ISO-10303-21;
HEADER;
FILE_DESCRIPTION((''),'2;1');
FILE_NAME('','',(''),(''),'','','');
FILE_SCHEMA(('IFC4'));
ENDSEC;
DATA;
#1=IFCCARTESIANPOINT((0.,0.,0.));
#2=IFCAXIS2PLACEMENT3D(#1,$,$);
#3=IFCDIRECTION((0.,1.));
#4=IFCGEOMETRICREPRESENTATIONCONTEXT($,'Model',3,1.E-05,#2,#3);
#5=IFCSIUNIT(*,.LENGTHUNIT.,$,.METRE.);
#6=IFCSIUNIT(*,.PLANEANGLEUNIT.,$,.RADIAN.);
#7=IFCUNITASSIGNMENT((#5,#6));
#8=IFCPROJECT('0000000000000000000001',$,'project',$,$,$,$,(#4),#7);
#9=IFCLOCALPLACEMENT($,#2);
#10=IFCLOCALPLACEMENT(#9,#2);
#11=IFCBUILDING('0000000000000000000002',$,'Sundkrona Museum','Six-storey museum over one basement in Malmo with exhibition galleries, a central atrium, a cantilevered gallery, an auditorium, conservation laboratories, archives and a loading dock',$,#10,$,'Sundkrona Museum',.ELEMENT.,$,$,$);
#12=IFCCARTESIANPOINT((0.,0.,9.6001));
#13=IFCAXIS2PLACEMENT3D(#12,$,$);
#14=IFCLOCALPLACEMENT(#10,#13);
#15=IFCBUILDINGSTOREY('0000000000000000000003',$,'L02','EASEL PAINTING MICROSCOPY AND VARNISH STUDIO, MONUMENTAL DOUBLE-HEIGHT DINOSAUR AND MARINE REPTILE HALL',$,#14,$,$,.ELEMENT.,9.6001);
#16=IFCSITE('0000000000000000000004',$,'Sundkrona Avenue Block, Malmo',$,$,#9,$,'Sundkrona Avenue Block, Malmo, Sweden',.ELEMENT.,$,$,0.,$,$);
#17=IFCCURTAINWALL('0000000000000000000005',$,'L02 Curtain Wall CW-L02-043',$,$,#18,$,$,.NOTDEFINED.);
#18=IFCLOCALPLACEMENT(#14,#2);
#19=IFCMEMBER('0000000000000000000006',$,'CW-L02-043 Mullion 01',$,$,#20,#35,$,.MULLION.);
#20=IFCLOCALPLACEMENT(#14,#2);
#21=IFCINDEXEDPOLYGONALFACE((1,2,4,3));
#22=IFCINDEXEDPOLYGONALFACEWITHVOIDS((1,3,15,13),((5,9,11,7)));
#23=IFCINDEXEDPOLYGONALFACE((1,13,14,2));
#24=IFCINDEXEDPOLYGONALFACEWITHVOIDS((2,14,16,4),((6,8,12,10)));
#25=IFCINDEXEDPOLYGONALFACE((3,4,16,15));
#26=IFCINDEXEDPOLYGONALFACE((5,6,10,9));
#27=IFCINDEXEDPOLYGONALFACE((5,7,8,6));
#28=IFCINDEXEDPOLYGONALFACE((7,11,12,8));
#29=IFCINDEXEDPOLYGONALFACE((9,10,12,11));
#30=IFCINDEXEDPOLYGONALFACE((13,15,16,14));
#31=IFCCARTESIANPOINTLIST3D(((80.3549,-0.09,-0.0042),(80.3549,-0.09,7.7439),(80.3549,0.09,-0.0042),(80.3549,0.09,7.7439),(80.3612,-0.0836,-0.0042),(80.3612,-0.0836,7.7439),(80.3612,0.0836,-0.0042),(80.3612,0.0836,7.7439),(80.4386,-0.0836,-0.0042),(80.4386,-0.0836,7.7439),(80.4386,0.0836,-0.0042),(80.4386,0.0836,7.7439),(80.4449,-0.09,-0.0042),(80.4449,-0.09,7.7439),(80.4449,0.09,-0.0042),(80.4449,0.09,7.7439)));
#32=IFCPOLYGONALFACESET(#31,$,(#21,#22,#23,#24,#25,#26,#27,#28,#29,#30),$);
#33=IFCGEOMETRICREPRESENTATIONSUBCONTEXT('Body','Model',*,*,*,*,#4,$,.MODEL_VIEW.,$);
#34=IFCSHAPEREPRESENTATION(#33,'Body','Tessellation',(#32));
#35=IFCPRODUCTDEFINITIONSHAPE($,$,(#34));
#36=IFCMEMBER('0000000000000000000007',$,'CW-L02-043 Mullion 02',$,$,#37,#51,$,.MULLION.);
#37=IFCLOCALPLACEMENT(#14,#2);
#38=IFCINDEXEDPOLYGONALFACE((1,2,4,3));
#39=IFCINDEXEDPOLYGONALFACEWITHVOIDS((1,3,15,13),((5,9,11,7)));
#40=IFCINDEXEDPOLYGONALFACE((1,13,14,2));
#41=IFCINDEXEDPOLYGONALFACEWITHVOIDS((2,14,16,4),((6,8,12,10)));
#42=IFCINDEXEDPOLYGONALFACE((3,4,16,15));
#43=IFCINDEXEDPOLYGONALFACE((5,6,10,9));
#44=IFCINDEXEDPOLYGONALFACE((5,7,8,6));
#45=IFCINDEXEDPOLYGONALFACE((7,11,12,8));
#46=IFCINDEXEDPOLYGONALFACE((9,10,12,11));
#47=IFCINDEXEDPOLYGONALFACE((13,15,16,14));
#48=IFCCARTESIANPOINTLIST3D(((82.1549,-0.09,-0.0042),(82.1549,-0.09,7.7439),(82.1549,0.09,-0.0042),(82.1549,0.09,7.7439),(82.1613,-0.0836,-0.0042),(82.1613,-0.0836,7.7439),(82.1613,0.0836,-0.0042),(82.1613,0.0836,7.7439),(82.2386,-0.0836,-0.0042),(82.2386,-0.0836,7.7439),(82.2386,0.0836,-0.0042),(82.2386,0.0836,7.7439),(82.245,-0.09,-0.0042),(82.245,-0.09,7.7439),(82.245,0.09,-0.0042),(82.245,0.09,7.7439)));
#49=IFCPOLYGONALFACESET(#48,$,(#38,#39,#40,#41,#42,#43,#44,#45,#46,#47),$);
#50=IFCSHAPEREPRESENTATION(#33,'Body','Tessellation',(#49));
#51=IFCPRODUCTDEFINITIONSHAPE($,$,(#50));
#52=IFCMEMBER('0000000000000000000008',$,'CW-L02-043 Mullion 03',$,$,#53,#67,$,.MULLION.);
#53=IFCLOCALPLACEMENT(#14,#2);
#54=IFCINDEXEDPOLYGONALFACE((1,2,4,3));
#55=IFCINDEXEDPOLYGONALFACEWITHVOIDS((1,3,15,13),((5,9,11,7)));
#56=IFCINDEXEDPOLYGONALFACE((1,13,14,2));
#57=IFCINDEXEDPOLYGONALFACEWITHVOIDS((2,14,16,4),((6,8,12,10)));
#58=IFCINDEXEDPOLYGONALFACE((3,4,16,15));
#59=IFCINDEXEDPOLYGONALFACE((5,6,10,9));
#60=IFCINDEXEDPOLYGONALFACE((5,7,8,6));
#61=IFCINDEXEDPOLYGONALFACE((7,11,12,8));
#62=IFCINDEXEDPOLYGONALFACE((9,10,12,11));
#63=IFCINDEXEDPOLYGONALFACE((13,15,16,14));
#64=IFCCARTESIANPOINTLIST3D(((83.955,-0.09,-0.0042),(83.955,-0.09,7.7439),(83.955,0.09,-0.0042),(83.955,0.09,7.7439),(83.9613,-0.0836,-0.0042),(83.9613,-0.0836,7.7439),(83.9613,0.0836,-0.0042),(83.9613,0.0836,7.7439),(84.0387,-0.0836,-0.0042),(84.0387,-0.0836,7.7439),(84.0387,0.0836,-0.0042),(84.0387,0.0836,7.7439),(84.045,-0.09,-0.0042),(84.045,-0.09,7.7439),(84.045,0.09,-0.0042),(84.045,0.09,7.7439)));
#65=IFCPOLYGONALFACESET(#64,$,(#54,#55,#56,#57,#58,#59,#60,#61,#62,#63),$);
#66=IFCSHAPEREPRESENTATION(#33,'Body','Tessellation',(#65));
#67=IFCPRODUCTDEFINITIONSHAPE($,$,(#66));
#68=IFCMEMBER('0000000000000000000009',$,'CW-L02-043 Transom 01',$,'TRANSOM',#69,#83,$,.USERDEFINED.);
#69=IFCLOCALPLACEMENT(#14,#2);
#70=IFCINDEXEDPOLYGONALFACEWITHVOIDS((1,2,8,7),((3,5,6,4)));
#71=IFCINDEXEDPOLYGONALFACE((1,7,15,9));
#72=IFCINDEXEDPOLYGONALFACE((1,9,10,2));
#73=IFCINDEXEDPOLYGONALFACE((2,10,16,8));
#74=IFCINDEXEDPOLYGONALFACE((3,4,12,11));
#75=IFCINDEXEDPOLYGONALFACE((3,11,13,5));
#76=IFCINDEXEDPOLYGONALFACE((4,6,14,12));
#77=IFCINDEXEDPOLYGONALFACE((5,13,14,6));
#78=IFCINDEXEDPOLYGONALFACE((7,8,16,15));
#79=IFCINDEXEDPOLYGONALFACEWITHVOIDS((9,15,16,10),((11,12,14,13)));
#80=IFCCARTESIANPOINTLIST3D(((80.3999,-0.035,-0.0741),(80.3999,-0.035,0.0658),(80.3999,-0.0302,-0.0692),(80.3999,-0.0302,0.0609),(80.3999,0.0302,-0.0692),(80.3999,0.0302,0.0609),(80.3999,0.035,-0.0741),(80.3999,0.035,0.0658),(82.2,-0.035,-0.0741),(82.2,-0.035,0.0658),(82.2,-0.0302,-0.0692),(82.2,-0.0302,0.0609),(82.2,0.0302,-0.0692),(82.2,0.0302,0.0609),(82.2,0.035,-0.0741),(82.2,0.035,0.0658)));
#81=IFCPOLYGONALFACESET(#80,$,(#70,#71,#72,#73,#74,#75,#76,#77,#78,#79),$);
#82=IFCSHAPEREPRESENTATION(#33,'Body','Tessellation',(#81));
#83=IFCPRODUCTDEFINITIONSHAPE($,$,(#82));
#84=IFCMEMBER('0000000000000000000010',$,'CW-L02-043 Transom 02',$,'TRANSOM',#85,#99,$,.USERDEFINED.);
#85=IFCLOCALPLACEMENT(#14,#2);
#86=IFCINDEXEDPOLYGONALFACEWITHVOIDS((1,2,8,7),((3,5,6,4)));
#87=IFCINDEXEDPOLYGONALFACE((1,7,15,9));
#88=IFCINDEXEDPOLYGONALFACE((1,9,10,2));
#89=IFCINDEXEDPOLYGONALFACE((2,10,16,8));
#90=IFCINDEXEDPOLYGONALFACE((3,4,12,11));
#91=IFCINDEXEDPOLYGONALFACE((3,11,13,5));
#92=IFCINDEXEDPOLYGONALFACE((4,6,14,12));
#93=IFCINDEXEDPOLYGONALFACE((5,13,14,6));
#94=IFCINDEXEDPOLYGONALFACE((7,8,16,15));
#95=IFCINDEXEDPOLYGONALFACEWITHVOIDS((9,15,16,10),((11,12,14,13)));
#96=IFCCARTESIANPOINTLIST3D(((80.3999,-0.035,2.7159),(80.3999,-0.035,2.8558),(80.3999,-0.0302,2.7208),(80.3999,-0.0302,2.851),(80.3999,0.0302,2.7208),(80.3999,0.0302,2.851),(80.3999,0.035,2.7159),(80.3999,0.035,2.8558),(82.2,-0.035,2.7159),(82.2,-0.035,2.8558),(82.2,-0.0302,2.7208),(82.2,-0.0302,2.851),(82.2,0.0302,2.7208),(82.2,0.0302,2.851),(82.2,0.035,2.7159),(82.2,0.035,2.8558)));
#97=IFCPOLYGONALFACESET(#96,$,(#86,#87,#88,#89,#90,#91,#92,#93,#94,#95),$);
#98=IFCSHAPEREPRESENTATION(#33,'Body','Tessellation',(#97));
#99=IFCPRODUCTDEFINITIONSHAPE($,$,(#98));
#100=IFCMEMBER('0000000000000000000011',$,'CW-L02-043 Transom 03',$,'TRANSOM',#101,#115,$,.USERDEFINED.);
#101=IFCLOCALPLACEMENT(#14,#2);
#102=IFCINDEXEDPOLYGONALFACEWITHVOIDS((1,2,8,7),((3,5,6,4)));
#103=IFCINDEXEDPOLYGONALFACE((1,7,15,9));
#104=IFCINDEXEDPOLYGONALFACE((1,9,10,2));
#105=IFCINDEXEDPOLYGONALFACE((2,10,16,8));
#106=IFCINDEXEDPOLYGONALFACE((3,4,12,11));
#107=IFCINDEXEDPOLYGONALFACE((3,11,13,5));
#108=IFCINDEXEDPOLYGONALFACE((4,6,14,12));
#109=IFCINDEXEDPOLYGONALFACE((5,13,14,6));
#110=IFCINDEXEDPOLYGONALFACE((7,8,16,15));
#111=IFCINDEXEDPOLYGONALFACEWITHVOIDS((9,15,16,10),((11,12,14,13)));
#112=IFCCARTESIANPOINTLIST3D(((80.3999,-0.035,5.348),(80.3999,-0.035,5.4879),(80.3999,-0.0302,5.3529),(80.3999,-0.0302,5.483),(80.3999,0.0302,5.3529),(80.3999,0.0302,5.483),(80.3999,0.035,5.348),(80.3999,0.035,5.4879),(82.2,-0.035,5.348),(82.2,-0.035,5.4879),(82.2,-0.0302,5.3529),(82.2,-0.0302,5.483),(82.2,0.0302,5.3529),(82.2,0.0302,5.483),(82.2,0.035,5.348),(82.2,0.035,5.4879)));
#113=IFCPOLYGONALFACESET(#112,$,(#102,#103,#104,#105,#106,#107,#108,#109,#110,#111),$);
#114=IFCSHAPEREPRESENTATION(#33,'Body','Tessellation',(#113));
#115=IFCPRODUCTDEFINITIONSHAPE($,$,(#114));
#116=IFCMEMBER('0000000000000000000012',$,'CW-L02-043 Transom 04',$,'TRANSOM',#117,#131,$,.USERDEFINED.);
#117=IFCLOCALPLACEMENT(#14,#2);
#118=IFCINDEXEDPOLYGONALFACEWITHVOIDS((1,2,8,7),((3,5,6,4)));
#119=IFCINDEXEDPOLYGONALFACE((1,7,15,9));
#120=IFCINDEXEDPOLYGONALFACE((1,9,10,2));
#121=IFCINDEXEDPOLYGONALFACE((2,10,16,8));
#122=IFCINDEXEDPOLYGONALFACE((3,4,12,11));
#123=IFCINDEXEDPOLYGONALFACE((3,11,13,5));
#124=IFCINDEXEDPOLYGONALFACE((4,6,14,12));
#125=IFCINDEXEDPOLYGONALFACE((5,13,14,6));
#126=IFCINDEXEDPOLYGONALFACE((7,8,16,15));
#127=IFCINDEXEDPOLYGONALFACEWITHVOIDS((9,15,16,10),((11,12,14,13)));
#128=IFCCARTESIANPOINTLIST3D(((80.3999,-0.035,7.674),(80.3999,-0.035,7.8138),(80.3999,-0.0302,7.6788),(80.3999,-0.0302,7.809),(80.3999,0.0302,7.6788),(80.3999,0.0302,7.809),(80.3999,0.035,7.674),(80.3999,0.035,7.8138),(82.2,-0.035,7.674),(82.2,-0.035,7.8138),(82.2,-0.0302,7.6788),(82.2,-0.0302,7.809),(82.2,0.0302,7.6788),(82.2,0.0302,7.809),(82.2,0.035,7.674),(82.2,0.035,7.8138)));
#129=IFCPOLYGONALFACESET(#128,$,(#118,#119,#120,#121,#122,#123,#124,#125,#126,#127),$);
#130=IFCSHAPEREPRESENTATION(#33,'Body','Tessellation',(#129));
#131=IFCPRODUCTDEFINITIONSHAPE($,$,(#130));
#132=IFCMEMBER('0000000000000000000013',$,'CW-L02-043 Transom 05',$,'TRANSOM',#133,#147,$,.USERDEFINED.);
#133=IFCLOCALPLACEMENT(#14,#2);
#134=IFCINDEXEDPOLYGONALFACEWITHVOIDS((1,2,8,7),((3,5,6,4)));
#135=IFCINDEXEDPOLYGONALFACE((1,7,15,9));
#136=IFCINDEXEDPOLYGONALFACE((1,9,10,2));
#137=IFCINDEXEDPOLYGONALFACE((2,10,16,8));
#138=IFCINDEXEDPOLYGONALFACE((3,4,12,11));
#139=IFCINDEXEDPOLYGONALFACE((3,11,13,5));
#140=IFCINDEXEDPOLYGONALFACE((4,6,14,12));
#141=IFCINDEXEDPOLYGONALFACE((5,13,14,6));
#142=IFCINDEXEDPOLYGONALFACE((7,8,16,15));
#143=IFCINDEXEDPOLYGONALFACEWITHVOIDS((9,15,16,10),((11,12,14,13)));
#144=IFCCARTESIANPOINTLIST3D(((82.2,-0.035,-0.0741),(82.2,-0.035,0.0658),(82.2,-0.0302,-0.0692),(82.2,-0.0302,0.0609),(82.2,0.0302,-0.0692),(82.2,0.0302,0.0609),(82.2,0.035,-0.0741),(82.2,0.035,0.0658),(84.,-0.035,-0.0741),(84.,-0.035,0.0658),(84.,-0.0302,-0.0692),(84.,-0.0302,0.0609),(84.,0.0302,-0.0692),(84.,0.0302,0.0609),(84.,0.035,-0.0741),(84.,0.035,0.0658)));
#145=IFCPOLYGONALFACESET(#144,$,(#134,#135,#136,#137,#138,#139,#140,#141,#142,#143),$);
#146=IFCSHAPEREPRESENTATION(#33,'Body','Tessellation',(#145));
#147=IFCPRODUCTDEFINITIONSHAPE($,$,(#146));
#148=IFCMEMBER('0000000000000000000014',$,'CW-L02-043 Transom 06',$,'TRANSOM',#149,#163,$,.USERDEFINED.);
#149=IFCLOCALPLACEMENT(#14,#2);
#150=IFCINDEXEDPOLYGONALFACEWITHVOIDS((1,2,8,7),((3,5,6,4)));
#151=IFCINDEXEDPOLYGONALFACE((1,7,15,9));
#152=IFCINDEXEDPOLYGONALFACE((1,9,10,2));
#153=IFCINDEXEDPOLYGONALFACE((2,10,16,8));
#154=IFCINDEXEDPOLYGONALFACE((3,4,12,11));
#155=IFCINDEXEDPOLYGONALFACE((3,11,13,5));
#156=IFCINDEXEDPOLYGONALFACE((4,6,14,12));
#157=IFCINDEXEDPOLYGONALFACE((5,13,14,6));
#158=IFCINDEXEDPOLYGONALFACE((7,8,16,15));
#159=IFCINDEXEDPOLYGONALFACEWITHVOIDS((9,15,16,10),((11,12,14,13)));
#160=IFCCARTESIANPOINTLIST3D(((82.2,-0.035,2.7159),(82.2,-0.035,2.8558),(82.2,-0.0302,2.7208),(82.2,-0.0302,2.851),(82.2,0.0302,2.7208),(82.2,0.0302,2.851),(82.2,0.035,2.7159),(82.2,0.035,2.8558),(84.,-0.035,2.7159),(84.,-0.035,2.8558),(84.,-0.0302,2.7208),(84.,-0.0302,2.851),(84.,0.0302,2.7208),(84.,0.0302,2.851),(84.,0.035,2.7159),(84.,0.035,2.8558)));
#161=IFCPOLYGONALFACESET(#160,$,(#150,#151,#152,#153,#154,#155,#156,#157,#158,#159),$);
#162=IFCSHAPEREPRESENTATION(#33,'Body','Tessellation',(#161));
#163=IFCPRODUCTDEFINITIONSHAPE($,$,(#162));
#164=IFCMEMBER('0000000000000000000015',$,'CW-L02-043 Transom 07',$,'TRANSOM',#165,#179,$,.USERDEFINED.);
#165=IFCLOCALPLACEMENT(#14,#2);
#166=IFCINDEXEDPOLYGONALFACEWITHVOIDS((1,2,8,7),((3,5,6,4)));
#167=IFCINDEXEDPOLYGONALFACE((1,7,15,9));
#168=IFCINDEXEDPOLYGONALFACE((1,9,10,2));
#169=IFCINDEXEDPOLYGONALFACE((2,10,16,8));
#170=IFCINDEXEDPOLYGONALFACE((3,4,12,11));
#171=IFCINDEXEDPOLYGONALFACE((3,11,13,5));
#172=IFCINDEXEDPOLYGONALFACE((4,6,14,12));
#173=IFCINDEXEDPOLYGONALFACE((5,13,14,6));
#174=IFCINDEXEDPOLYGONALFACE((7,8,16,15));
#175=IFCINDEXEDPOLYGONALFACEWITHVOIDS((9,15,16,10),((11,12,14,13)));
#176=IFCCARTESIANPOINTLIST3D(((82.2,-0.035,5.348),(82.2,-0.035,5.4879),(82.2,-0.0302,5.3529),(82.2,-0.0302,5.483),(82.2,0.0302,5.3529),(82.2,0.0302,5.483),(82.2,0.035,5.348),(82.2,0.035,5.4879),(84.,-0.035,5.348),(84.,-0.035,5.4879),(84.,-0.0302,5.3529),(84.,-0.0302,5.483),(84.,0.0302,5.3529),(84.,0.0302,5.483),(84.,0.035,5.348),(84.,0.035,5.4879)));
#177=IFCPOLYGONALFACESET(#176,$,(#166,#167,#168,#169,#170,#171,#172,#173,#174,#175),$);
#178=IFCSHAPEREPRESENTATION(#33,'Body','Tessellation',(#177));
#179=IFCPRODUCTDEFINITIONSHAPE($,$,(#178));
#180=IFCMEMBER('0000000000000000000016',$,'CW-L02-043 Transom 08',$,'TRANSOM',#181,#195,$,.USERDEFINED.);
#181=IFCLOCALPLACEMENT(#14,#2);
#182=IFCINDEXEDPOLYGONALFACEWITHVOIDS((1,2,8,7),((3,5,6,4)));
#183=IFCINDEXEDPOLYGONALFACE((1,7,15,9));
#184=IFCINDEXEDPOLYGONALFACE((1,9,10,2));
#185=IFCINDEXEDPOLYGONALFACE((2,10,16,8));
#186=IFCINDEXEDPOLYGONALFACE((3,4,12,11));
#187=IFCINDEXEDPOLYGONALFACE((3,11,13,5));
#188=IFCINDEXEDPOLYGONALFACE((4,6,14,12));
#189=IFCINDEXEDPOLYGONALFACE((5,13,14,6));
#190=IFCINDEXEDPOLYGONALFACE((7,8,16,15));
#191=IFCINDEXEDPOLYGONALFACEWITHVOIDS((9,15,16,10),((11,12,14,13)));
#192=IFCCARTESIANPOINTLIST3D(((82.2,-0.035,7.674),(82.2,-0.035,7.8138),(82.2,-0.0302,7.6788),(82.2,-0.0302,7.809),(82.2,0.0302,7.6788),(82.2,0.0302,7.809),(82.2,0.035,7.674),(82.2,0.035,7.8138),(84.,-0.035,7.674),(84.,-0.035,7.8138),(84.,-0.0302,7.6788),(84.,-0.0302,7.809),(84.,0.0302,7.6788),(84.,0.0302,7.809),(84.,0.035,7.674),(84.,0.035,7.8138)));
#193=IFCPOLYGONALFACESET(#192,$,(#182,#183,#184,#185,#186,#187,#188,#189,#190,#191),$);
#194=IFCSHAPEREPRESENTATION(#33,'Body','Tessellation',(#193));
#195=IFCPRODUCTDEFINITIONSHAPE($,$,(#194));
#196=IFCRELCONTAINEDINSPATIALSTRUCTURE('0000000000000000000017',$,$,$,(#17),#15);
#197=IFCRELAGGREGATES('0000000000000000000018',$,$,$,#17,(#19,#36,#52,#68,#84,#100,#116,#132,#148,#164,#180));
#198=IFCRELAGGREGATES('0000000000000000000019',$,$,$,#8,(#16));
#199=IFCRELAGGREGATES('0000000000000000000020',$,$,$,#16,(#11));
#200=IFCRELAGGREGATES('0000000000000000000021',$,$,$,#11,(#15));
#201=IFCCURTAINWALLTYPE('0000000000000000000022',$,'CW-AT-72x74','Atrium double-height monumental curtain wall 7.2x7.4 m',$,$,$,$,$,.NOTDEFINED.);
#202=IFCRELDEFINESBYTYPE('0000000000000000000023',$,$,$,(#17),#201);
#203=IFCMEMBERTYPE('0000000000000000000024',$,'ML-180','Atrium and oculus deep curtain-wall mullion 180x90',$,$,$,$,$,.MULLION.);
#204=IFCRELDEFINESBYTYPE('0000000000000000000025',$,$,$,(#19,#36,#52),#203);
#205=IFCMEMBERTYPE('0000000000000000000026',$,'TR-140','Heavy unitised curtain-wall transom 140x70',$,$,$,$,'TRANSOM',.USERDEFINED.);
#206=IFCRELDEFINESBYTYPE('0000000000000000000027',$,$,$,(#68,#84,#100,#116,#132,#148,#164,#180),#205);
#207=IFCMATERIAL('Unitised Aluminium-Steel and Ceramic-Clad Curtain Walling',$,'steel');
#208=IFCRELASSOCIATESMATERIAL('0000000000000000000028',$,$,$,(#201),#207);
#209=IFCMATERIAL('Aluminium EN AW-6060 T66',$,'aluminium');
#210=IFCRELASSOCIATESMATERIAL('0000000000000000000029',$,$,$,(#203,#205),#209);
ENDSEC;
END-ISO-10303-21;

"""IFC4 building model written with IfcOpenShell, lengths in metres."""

from ifc_helpers import new_model, si_unit, direction, frame, origin, origin_2d, place, context, subcontext, project, spatial, hollow_rectangle, extrude, material, material_profile, profile_set, type_object, element, aggregate, save


model = new_model("IFC4")

# Units and contexts
model_context = context("Model", 3, precision=1e-05, world=origin(), true_north=direction((0.0, 1.0)))
body_context = subcontext(model_context, "Body", "Model", "MODEL_VIEW")
ifc_project = project(units=[si_unit("LENGTHUNIT", "METRE"), si_unit("PLANEANGLEUNIT", "RADIAN")], contexts=[model_context])

# Site, building, storey
site_placement = place(None, origin())
site = spatial("IfcSite", under=ifc_project, at=site_placement, Name="Sundkrona Avenue Block, Malmo", LongName="Sundkrona Avenue Block, Malmo, Sweden", CompositionType="ELEMENT", RefElevation=0.0)
building_placement = place(site_placement, origin())
building = spatial("IfcBuilding", under=site, at=building_placement, Name="Sundkrona Museum", Description="Six-storey museum over one basement in Malmo with exhibition galleries, a central atrium, a cantilevered gallery, an auditorium, conservation laboratories, archives and a loading dock", LongName="Sundkrona Museum", CompositionType="ELEMENT")
storey_placement = place(building_placement, frame((0.0, 0.0, 9.6001)))
storey = spatial("IfcBuildingStorey", under=building, at=storey_placement, Name="L02", Description="EASEL PAINTING MICROSCOPY AND VARNISH STUDIO, MONUMENTAL DOUBLE-HEIGHT DINOSAUR AND MARINE REPTILE HALL", CompositionType="ELEMENT", Elevation=9.6001)

# Curtain wall, members
ifc_material_1 = material(Name="Unitised Aluminium-Steel and Ceramic-Clad Curtain Walling", Category="steel")
curtain_wall_type = type_object("IfcCurtainWallType", Name="CW-AT-72x74", Description="Atrium double-height monumental curtain wall 7.2x7.4 m", PredefinedType="NOTDEFINED", material=ifc_material_1)
curtain_wall_placement = place(storey_placement, origin())
curtain_wall = element("IfcCurtainWall", 1, at=curtain_wall_placement, inside=storey, type_object=curtain_wall_type, Name="L02 Curtain Wall CW-L02-043", PredefinedType="NOTDEFINED")
ifc_material_2 = material(Name="Aluminium EN AW-6060 T66", Category="aluminium")
ifc_material_profile_1 = material_profile(ifc_material_2, hollow_rectangle(XDim=0.0901, YDim=0.1799, WallThickness=0.0063, at=origin_2d()), Name="RHS 180x90x6.3")
ifc_profile_set_1 = profile_set([ifc_material_profile_1], Name="Aluminium EN AW-6060 T66")
member_type_1 = type_object("IfcMemberType", Name="ML-180", Description="Atrium and oculus deep curtain-wall mullion 180x90", PredefinedType="MULLION", material=ifc_profile_set_1)
member_1_placement = place(storey_placement, frame((80.3999, 0.0, -0.0042), z_axis=(0.0, 0.0, 1.0), x_axis=(1.0, 0.0, 0.0)))
member_1 = element("IfcMember", 2, at=member_1_placement, type_object=member_type_1, Name="CW-L02-043 Mullion 01", PredefinedType="MULLION", context=body_context, shape_type="SweptSolid", body=[
    extrude(hollow_rectangle(XDim=0.0901, YDim=0.1799, WallThickness=0.0063, at=origin_2d()), origin(), (0.0, 0.0, 1.0), 7.748),
])
member_2_placement = place(storey_placement, frame((82.2, 0.0, -0.0042), z_axis=(0.0, 0.0, 1.0), x_axis=(1.0, 0.0, 0.0)))
member_2 = element("IfcMember", 3, at=member_2_placement, type_object=member_type_1, Name="CW-L02-043 Mullion 02", PredefinedType="MULLION", context=body_context, shape_type="SweptSolid", body=[
    extrude(hollow_rectangle(XDim=0.0901, YDim=0.1799, WallThickness=0.0063, at=origin_2d()), origin(), (0.0, 0.0, 1.0), 7.748),
])
member_3_placement = place(storey_placement, frame((84.0, 0.0, -0.0042), z_axis=(0.0, 0.0, 1.0), x_axis=(1.0, 0.0, 0.0)))
member_3 = element("IfcMember", 4, at=member_3_placement, type_object=member_type_1, Name="CW-L02-043 Mullion 03", PredefinedType="MULLION", context=body_context, shape_type="SweptSolid", body=[
    extrude(hollow_rectangle(XDim=0.0901, YDim=0.1799, WallThickness=0.0063, at=origin_2d()), origin(), (0.0, 0.0, 1.0), 7.748),
])
ifc_material_profile_2 = material_profile(ifc_material_2, hollow_rectangle(XDim=0.0701, YDim=0.1399, WallThickness=0.0049, at=origin_2d()), Name="RHS 140x70x5.0")
ifc_profile_set_2 = profile_set([ifc_material_profile_2], Name="Aluminium EN AW-6060 T66")
member_type_2 = type_object("IfcMemberType", Name="TR-140", Description="Heavy unitised curtain-wall transom 140x70", ElementType="TRANSOM", PredefinedType="USERDEFINED", material=ifc_profile_set_2)
member_4_placement = place(storey_placement, frame((80.3999, 0.0, -0.0042), z_axis=(1.0, 0.0, 0.0), x_axis=(0.0, 1.0, 0.0)))
member_4 = element("IfcMember", 5, at=member_4_placement, type_object=member_type_2, Name="CW-L02-043 Transom 01", ObjectType="TRANSOM", PredefinedType="USERDEFINED", context=body_context, shape_type="SweptSolid", body=[
    extrude(hollow_rectangle(XDim=0.0701, YDim=0.1399, WallThickness=0.0049, at=origin_2d()), origin(), (0.0, 0.0, 1.0), 1.8),
])
member_5_placement = place(storey_placement, frame((80.3999, 0.0, 2.7859), z_axis=(1.0, 0.0, 0.0), x_axis=(0.0, 1.0, 0.0)))
member_5 = element("IfcMember", 6, at=member_5_placement, type_object=member_type_2, Name="CW-L02-043 Transom 02", ObjectType="TRANSOM", PredefinedType="USERDEFINED", context=body_context, shape_type="SweptSolid", body=[
    extrude(hollow_rectangle(XDim=0.0701, YDim=0.1399, WallThickness=0.0049, at=origin_2d()), origin(), (0.0, 0.0, 1.0), 1.8),
])
member_6_placement = place(storey_placement, frame((80.3999, 0.0, 5.418), z_axis=(1.0, 0.0, 0.0), x_axis=(0.0, 1.0, 0.0)))
member_6 = element("IfcMember", 7, at=member_6_placement, type_object=member_type_2, Name="CW-L02-043 Transom 03", ObjectType="TRANSOM", PredefinedType="USERDEFINED", context=body_context, shape_type="SweptSolid", body=[
    extrude(hollow_rectangle(XDim=0.0701, YDim=0.1399, WallThickness=0.0049, at=origin_2d()), origin(), (0.0, 0.0, 1.0), 1.8),
])
member_7_placement = place(storey_placement, frame((80.3999, 0.0, 7.7439), z_axis=(1.0, 0.0, 0.0), x_axis=(0.0, 1.0, 0.0)))
member_7 = element("IfcMember", 8, at=member_7_placement, type_object=member_type_2, Name="CW-L02-043 Transom 04", ObjectType="TRANSOM", PredefinedType="USERDEFINED", context=body_context, shape_type="SweptSolid", body=[
    extrude(hollow_rectangle(XDim=0.0701, YDim=0.1399, WallThickness=0.0049, at=origin_2d()), origin(), (0.0, 0.0, 1.0), 1.8),
])
member_8_placement = place(storey_placement, frame((82.2, 0.0, -0.0042), z_axis=(1.0, 0.0, 0.0), x_axis=(0.0, 1.0, 0.0)))
member_8 = element("IfcMember", 9, at=member_8_placement, type_object=member_type_2, Name="CW-L02-043 Transom 05", ObjectType="TRANSOM", PredefinedType="USERDEFINED", context=body_context, shape_type="SweptSolid", body=[
    extrude(hollow_rectangle(XDim=0.0701, YDim=0.1399, WallThickness=0.0049, at=origin_2d()), origin(), (0.0, 0.0, 1.0), 1.8),
])
member_9_placement = place(storey_placement, frame((82.2, 0.0, 2.7859), z_axis=(1.0, 0.0, 0.0), x_axis=(0.0, 1.0, 0.0)))
member_9 = element("IfcMember", 10, at=member_9_placement, type_object=member_type_2, Name="CW-L02-043 Transom 06", ObjectType="TRANSOM", PredefinedType="USERDEFINED", context=body_context, shape_type="SweptSolid", body=[
    extrude(hollow_rectangle(XDim=0.0701, YDim=0.1399, WallThickness=0.0049, at=origin_2d()), origin(), (0.0, 0.0, 1.0), 1.8),
])
member_10_placement = place(storey_placement, frame((82.2, 0.0, 5.418), z_axis=(1.0, 0.0, 0.0), x_axis=(0.0, 1.0, 0.0)))
member_10 = element("IfcMember", 11, at=member_10_placement, type_object=member_type_2, Name="CW-L02-043 Transom 07", ObjectType="TRANSOM", PredefinedType="USERDEFINED", context=body_context, shape_type="SweptSolid", body=[
    extrude(hollow_rectangle(XDim=0.0701, YDim=0.1399, WallThickness=0.0049, at=origin_2d()), origin(), (0.0, 0.0, 1.0), 1.8),
])
member_11_placement = place(storey_placement, frame((82.2, 0.0, 7.7439), z_axis=(1.0, 0.0, 0.0), x_axis=(0.0, 1.0, 0.0)))
member_11 = element("IfcMember", 12, at=member_11_placement, type_object=member_type_2, Name="CW-L02-043 Transom 08", ObjectType="TRANSOM", PredefinedType="USERDEFINED", context=body_context, shape_type="SweptSolid", body=[
    extrude(hollow_rectangle(XDim=0.0701, YDim=0.1399, WallThickness=0.0049, at=origin_2d()), origin(), (0.0, 0.0, 1.0), 1.8),
])
aggregate(curtain_wall, [member_1, member_2, member_3, member_4, member_5, member_6, member_7, member_8, member_9, member_10, member_11])

save(model, "model.ifc")
